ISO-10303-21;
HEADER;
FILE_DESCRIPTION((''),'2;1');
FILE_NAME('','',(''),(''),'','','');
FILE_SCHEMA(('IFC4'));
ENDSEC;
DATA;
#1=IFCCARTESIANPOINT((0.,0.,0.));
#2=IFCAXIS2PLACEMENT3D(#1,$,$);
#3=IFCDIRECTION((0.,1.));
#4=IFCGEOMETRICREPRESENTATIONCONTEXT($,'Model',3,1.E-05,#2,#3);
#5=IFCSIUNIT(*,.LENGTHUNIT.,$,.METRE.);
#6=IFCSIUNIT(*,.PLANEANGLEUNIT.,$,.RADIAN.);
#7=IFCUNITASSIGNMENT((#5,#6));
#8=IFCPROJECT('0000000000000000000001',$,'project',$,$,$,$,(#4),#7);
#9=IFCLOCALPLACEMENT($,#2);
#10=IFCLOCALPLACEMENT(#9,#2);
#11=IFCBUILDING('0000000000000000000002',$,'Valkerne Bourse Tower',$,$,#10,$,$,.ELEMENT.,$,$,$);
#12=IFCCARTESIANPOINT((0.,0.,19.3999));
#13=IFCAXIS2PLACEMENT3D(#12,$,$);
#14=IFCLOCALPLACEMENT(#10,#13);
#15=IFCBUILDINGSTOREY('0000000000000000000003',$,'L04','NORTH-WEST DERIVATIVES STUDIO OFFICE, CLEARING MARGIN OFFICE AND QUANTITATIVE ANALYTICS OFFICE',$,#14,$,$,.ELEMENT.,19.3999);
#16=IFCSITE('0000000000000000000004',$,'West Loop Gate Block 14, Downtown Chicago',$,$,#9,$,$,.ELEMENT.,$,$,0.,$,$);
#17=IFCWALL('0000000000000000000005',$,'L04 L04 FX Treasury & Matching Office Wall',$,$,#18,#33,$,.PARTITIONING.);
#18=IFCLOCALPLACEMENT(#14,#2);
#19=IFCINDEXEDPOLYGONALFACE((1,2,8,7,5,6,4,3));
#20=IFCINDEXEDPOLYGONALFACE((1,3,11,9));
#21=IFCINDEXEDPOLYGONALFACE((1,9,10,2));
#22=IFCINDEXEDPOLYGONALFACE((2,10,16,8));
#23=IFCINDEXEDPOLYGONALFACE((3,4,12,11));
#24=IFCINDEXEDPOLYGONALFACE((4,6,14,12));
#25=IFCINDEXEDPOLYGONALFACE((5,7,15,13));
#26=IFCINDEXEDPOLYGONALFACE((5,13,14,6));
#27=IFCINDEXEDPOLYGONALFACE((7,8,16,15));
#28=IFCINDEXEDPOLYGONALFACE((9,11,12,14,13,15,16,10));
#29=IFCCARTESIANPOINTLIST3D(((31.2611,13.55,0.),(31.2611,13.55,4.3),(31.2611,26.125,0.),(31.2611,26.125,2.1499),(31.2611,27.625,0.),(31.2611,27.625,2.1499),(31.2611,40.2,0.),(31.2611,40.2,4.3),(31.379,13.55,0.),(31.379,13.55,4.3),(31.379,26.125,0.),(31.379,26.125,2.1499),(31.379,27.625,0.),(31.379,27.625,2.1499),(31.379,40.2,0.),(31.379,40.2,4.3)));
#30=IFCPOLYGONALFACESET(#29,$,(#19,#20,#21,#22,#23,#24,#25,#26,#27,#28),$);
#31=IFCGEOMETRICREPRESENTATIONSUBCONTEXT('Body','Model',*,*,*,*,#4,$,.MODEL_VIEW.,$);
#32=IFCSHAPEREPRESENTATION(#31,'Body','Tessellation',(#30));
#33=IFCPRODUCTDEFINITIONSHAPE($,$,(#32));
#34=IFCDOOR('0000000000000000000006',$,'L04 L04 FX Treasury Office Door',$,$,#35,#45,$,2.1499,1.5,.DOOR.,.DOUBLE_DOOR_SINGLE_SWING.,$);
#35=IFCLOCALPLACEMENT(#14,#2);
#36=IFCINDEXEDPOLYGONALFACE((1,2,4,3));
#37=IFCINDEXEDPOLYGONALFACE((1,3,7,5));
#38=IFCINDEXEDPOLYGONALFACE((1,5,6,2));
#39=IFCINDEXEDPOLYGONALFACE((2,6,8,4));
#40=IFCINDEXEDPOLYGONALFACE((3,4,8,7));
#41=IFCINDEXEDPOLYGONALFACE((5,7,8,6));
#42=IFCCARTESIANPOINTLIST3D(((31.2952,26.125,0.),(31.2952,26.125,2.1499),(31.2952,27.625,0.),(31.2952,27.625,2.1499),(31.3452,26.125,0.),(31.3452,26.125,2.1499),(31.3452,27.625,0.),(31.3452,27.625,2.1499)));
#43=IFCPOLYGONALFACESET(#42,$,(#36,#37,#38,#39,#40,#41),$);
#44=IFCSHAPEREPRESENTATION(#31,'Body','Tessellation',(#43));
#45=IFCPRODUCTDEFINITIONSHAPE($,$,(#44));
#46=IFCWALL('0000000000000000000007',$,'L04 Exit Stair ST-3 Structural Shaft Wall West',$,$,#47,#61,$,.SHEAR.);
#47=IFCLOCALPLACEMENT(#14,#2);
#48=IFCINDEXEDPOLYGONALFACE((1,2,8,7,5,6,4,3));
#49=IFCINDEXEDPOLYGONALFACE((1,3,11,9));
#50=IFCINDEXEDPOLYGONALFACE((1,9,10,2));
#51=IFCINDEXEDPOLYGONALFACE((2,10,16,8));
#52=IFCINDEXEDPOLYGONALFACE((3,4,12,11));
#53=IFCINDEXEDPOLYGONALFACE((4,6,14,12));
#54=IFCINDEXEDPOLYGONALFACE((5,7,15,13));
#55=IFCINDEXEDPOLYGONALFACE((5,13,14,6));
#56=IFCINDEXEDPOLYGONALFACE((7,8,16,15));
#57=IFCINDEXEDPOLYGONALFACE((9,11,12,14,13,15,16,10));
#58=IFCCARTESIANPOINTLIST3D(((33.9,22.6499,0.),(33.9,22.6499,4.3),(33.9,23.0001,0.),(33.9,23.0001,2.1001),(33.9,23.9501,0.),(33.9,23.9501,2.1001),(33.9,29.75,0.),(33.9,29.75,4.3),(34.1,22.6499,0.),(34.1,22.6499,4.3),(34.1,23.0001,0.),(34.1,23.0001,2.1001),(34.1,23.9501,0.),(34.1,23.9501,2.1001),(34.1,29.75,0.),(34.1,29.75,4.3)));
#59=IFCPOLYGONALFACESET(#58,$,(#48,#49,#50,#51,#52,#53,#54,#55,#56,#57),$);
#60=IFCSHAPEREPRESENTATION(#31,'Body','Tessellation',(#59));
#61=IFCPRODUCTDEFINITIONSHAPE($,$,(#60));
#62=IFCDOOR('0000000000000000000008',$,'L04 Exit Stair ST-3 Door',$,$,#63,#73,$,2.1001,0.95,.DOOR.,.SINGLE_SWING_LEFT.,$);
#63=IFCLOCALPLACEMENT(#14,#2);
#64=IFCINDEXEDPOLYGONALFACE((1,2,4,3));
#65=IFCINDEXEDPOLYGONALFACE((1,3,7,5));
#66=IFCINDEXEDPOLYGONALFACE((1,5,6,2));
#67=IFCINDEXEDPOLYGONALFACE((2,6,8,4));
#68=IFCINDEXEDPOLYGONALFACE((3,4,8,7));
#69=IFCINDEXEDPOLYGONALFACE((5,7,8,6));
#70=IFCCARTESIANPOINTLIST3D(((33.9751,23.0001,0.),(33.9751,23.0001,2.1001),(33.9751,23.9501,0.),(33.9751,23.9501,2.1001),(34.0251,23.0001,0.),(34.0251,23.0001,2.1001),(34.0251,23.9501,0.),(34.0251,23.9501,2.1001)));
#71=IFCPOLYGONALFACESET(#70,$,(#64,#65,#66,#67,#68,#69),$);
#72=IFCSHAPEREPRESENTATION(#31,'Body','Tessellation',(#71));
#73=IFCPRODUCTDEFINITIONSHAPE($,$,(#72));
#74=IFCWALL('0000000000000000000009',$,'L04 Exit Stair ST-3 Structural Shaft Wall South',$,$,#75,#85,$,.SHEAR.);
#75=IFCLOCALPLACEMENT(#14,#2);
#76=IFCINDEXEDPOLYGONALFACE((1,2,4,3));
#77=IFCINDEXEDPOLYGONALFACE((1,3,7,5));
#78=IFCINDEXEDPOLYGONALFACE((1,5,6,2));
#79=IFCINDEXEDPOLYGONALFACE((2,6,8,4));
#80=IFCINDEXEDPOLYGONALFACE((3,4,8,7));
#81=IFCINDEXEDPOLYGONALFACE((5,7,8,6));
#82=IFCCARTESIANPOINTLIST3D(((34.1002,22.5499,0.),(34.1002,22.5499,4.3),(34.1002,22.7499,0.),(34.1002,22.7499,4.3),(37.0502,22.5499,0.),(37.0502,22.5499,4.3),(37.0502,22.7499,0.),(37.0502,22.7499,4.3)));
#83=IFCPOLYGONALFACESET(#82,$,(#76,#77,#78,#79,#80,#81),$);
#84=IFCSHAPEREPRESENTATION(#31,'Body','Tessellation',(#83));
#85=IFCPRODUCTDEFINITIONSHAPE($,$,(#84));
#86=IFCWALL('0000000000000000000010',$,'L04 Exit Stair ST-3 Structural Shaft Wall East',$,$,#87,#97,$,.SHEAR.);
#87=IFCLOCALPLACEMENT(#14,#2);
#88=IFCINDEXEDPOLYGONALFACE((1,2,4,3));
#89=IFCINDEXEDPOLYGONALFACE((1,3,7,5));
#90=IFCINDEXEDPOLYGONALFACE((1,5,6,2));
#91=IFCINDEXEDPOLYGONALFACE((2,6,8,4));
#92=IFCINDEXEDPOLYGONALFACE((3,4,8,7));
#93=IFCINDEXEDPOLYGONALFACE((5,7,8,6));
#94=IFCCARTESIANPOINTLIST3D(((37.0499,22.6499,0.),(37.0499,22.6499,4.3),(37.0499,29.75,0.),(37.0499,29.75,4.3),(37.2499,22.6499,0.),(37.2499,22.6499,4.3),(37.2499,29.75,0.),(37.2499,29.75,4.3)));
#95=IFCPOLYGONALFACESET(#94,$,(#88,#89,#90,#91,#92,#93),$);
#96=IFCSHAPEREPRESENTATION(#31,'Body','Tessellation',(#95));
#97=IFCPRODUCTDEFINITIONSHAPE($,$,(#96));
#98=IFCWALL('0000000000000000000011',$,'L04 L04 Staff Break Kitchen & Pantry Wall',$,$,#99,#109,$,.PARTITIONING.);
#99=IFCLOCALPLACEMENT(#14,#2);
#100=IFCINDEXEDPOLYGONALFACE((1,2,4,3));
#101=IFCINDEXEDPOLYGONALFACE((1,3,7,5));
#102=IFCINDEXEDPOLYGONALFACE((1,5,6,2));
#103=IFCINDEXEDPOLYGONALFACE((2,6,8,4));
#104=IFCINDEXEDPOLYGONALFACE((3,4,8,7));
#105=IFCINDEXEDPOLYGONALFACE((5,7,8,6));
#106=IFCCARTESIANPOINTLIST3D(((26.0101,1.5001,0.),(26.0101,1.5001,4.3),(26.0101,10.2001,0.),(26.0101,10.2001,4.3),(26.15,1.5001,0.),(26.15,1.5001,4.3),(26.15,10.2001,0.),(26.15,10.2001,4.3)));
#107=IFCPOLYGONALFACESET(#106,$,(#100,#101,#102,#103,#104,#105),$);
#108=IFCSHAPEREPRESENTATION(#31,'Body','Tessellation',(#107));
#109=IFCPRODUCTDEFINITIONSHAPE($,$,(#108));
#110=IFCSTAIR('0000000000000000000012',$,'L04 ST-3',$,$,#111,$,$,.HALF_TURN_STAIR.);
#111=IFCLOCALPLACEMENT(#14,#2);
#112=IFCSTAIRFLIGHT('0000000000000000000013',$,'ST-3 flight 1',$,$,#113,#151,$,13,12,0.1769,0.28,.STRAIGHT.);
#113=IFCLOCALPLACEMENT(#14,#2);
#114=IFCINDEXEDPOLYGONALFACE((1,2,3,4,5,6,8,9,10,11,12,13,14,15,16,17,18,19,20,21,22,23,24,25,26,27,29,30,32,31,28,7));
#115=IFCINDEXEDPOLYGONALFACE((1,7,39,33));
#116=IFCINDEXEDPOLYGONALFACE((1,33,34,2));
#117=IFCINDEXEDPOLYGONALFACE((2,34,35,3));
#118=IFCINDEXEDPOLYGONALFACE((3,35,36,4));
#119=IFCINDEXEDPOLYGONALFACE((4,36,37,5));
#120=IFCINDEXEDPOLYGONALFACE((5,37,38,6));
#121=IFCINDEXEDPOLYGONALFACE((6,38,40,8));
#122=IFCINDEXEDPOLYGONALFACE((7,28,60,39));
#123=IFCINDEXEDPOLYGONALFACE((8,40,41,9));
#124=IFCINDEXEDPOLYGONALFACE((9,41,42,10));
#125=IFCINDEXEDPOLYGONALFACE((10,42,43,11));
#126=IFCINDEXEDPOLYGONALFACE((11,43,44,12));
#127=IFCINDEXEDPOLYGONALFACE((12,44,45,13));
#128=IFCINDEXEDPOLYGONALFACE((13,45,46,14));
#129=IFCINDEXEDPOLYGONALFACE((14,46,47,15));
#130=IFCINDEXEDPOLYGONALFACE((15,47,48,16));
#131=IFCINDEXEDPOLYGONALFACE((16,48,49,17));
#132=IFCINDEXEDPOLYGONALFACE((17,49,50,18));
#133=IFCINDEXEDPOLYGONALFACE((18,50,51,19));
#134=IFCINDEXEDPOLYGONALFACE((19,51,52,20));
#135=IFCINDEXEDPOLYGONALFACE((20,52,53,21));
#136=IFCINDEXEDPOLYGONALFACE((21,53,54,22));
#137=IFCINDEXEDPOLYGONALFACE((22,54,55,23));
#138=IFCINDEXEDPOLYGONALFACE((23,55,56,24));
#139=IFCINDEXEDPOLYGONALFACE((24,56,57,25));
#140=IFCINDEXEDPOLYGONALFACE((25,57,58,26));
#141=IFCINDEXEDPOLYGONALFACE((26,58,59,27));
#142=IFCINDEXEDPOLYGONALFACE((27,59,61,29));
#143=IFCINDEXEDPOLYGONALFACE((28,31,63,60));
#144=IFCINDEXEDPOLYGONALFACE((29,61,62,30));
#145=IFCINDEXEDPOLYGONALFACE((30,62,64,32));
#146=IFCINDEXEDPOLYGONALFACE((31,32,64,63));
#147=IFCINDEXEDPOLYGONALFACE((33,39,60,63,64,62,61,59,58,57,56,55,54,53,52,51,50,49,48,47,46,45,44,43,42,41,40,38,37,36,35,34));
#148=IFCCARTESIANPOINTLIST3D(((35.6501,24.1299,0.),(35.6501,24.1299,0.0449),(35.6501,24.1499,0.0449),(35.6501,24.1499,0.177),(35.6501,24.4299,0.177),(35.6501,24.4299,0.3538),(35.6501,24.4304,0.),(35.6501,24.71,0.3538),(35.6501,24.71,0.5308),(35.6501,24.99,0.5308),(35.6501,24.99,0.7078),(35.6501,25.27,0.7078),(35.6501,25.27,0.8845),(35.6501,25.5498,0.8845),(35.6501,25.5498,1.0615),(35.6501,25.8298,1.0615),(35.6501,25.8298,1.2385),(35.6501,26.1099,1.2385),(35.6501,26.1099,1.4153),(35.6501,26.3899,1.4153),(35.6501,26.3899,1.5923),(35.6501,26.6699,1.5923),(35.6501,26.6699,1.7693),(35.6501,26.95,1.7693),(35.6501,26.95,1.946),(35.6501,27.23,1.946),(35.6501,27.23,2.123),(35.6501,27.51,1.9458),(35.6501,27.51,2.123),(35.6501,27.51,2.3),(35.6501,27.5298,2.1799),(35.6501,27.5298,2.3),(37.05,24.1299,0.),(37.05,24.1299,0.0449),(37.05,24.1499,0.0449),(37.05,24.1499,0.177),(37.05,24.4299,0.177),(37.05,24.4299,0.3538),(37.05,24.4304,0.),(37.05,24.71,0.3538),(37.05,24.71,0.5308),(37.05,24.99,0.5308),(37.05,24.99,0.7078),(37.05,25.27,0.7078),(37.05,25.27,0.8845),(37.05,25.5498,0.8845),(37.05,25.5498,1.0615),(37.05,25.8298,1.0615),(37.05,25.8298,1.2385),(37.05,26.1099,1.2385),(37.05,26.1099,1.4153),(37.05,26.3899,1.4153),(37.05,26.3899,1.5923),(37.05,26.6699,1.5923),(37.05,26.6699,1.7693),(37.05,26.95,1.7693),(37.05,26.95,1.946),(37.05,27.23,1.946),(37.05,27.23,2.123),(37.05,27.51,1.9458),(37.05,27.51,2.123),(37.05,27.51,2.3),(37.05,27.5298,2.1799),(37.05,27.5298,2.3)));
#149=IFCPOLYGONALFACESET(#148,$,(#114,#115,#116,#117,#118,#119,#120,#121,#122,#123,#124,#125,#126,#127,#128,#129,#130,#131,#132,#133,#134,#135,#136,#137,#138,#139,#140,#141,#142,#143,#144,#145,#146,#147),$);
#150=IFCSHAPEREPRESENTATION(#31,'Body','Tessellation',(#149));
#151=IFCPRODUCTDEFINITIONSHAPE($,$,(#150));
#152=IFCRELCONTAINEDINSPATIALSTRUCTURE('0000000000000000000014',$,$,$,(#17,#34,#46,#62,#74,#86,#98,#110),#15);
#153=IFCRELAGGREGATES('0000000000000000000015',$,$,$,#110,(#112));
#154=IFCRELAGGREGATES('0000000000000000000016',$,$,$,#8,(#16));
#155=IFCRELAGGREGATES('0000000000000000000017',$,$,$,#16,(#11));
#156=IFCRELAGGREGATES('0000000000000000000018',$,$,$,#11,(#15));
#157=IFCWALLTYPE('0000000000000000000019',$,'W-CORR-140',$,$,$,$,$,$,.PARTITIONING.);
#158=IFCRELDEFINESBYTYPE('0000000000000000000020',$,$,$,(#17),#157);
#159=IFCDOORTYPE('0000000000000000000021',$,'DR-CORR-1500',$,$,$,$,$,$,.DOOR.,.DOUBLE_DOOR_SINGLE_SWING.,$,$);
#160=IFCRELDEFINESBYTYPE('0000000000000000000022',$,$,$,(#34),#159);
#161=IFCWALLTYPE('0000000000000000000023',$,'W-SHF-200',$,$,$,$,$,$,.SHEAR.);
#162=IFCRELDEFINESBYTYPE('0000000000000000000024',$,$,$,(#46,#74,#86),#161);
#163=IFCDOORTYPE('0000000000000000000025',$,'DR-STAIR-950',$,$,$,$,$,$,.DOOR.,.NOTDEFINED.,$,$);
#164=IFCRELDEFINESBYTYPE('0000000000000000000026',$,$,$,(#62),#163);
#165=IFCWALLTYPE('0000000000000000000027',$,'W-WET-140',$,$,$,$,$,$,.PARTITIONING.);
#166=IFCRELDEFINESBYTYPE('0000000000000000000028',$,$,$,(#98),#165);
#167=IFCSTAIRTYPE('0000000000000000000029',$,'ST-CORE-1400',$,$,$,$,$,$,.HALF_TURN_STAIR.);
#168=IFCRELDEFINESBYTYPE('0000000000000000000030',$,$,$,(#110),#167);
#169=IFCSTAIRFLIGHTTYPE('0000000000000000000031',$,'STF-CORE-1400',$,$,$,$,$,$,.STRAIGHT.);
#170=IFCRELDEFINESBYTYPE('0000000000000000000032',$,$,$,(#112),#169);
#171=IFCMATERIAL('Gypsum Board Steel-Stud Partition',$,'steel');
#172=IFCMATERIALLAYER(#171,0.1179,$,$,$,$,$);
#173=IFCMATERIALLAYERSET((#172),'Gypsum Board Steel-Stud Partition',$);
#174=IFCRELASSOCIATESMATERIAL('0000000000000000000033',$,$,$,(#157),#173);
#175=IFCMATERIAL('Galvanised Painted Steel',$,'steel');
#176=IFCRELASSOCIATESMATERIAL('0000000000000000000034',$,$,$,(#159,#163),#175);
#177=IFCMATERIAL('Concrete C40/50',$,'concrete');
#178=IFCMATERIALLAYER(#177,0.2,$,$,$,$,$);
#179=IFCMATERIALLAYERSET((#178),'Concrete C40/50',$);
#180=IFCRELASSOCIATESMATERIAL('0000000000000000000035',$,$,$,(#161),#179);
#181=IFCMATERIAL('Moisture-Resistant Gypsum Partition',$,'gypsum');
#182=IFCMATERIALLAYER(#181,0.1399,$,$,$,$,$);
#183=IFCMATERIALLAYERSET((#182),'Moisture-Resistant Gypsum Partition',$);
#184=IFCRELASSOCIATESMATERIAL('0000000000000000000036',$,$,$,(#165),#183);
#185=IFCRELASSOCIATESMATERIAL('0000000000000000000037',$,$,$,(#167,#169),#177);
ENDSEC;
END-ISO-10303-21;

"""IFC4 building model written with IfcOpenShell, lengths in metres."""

from ifc_helpers import new_model, si_unit, direction, frame, frame_2d, origin, place, context, subcontext, project, spatial, polyline, rectangle, outline, extrude, material, layer, layer_set, type_object, element, fill, aggregate, save


model = new_model("IFC4")

# Units and contexts
model_context = context("Model", 3, precision=1e-05, world=origin(), true_north=direction((0.0, 1.0)))
body_context = subcontext(model_context, "Body", "Model", "MODEL_VIEW")
ifc_project = project(units=[si_unit("LENGTHUNIT", "METRE"), si_unit("PLANEANGLEUNIT", "RADIAN")], contexts=[model_context])

# Site, building, storey
site_placement = place(None, origin())
site = spatial("IfcSite", under=ifc_project, at=site_placement, Name="West Loop Gate Block 14, Downtown Chicago", CompositionType="ELEMENT", RefElevation=0.0)
building_placement = place(site_placement, origin())
building = spatial("IfcBuilding", under=site, at=building_placement, Name="Valkerne Bourse Tower", CompositionType="ELEMENT")
storey_placement = place(building_placement, frame((0.0, 0.0, 19.3999)))
storey = spatial("IfcBuildingStorey", under=building, at=storey_placement, Name="L04", Description="NORTH-WEST DERIVATIVES STUDIO OFFICE, CLEARING MARGIN OFFICE AND QUANTITATIVE ANALYTICS OFFICE", CompositionType="ELEMENT", Elevation=19.3999)

# Walls, openings, doors
ifc_material_1 = material(Name="Gypsum Board Steel-Stud Partition", Category="steel")
ifc_layer_1 = layer(ifc_material_1, 0.1179)
ifc_layer_set_1 = layer_set([ifc_layer_1], Name="Gypsum Board Steel-Stud Partition")
wall_type_1 = type_object("IfcWallType", Name="W-CORR-140", PredefinedType="PARTITIONING", material=ifc_layer_set_1)
wall_1_placement = place(storey_placement, frame((31.3201, 13.55, 0.0), z_axis=(0.0, 0.0, 1.0), x_axis=(0.0, 1.0, 0.0)))
wall_1 = element("IfcWall", 1, at=wall_1_placement, inside=storey, type_object=wall_type_1, Name="L04 L04 FX Treasury & Matching Office Wall", PredefinedType="PARTITIONING", context=body_context, shape_type="SweptSolid", body=[
    extrude(rectangle(XDim=26.6499, YDim=0.1179, at=frame_2d((13.325, 0.0))), origin(), (0.0, 0.0, 1.0), 4.3),
])
opening_1_placement = place(wall_1_placement, frame((12.575, 0.0, 0.0)))
opening_1 = element("IfcOpeningElement", 2, at=opening_1_placement, cuts=wall_1, PredefinedType="OPENING", context=body_context, shape_type="SweptSolid", body=[
    extrude(rectangle(XDim=1.5, YDim=2.1499, at=frame_2d((0.75, 1.075))), frame((0.0, 0.0688, 0.0), z_axis=(0.0, -1.0, 0.0), x_axis=(1.0, 0.0, 0.0)), (0.0, 0.0, 1.0), 0.1379),
])
ifc_material_2 = material(Name="Galvanised Painted Steel", Category="steel")
door_type_1 = type_object("IfcDoorType", Name="DR-CORR-1500", OperationType="DOUBLE_DOOR_SINGLE_SWING", PredefinedType="DOOR", material=ifc_material_2)
door_1_placement = place(opening_1_placement, origin())
door_1 = element("IfcDoor", 3, at=door_1_placement, inside=storey, type_object=door_type_1, Name="L04 L04 FX Treasury Office Door", OperationType="DOUBLE_DOOR_SINGLE_SWING", OverallHeight=2.1499, OverallWidth=1.5, PredefinedType="DOOR", context=body_context, shape_type="SweptSolid", body=[
    extrude(rectangle(XDim=1.5, YDim=2.1499, at=frame_2d((0.75, 1.075))), frame((0.0, 0.0249, 0.0), z_axis=(0.0, -1.0, 0.0), x_axis=(1.0, 0.0, 0.0)), (0.0, 0.0, 1.0), 0.05),
])
fill(opening_1, door_1)
ifc_material_3 = material(Name="Concrete C40/50", Category="concrete")
ifc_layer_2 = layer(ifc_material_3, 0.2)
ifc_layer_set_2 = layer_set([ifc_layer_2], Name="Concrete C40/50")
wall_type_2 = type_object("IfcWallType", Name="W-SHF-200", PredefinedType="SHEAR", material=ifc_layer_set_2)
wall_2_placement = place(storey_placement, frame((34.0, 22.6499, 0.0), z_axis=(0.0, 0.0, 1.0), x_axis=(0.0, 1.0, 0.0)))
wall_2 = element("IfcWall", 4, at=wall_2_placement, inside=storey, type_object=wall_type_2, Name="L04 Exit Stair ST-3 Structural Shaft Wall West", PredefinedType="SHEAR", context=body_context, shape_type="SweptSolid", body=[
    extrude(rectangle(XDim=7.1001, YDim=0.2, at=frame_2d((3.55, 0.0))), origin(), (0.0, 0.0, 1.0), 4.3),
])
opening_2_placement = place(wall_2_placement, frame((0.3501, 0.0, 0.0)))
opening_2 = element("IfcOpeningElement", 5, at=opening_2_placement, cuts=wall_2, PredefinedType="OPENING", context=body_context, shape_type="SweptSolid", body=[
    extrude(rectangle(XDim=0.95, YDim=2.1001, at=frame_2d((0.4751, 1.05))), frame((0.0, 0.1099, 0.0), z_axis=(0.0, -1.0, 0.0), x_axis=(1.0, 0.0, 0.0)), (0.0, 0.0, 1.0), 0.22),
])
door_type_2 = type_object("IfcDoorType", Name="DR-STAIR-950", OperationType="NOTDEFINED", PredefinedType="DOOR", material=ifc_material_2)
door_2_placement = place(opening_2_placement, origin())
door_2 = element("IfcDoor", 6, at=door_2_placement, inside=storey, type_object=door_type_2, Name="L04 Exit Stair ST-3 Door", OperationType="SINGLE_SWING_LEFT", OverallHeight=2.1001, OverallWidth=0.95, PredefinedType="DOOR", context=body_context, shape_type="SweptSolid", body=[
    extrude(rectangle(XDim=0.95, YDim=2.1001, at=frame_2d((0.4751, 1.05))), frame((0.0, 0.0249, 0.0), z_axis=(0.0, -1.0, 0.0), x_axis=(1.0, 0.0, 0.0)), (0.0, 0.0, 1.0), 0.05),
])
fill(opening_2, door_2)

# Walls
wall_3_placement = place(storey_placement, frame((34.1001, 22.6499, 0.0), z_axis=(0.0, 0.0, 1.0), x_axis=(1.0, 0.0, 0.0)))
element("IfcWall", 7, at=wall_3_placement, inside=storey, type_object=wall_type_2, Name="L04 Exit Stair ST-3 Structural Shaft Wall South", PredefinedType="SHEAR", context=body_context, shape_type="SweptSolid", body=[
    extrude(rectangle(XDim=2.95, YDim=0.2, at=frame_2d((1.4751, 0.0))), origin(), (0.0, 0.0, 1.0), 4.3),
])
wall_4_placement = place(storey_placement, frame((37.1499, 22.6499, 0.0), z_axis=(0.0, 0.0, 1.0), x_axis=(0.0, 1.0, 0.0)))
element("IfcWall", 8, at=wall_4_placement, inside=storey, type_object=wall_type_2, Name="L04 Exit Stair ST-3 Structural Shaft Wall East", PredefinedType="SHEAR", context=body_context, shape_type="SweptSolid", body=[
    extrude(rectangle(XDim=7.1001, YDim=0.2, at=frame_2d((3.55, 0.0))), origin(), (0.0, 0.0, 1.0), 4.3),
])
ifc_material_4 = material(Name="Moisture-Resistant Gypsum Partition", Category="gypsum")
ifc_layer_3 = layer(ifc_material_4, 0.1399)
ifc_layer_set_3 = layer_set([ifc_layer_3], Name="Moisture-Resistant Gypsum Partition")
wall_type_3 = type_object("IfcWallType", Name="W-WET-140", PredefinedType="PARTITIONING", material=ifc_layer_set_3)
wall_5_placement = place(storey_placement, frame((26.0801, 1.5, 0.0), z_axis=(0.0, 0.0, 1.0), x_axis=(0.0, 1.0, 0.0)))
element("IfcWall", 9, at=wall_5_placement, inside=storey, type_object=wall_type_3, Name="L04 L04 Staff Break Kitchen & Pantry Wall", PredefinedType="PARTITIONING", context=body_context, shape_type="SweptSolid", body=[
    extrude(rectangle(XDim=8.7, YDim=0.1399, at=frame_2d((4.3501, 0.0))), origin(), (0.0, 0.0, 1.0), 4.3),
])

# Stair, stair flight
stair_type = type_object("IfcStairType", Name="ST-CORE-1400", PredefinedType="HALF_TURN_STAIR", material=ifc_material_3)
stair_placement = place(storey_placement, origin())
stair = element("IfcStair", 10, at=stair_placement, inside=storey, type_object=stair_type, Name="L04 ST-3", PredefinedType="HALF_TURN_STAIR")
stair_flight_type = type_object("IfcStairFlightType", Name="STF-CORE-1400", PredefinedType="STRAIGHT", material=ifc_material_3)
stair_flight_placement = place(storey_placement, frame((36.3501, 24.1499, 0.0), z_axis=(0.0, 0.0, 1.0), x_axis=(0.0, 1.0, 0.0)))
stair_flight = element("IfcStairFlight", 11, at=stair_flight_placement, type_object=stair_flight_type, Name="ST-3 flight 1", NumberOfRisers=13, NumberOfTreads=12, PredefinedType="STRAIGHT", RiserHeight=0.1769, TreadLength=0.28, context=body_context, shape_type="SweptSolid", body=[
    extrude(outline(polyline([(-0.02, 0.0), (-0.02, 0.0449), (0.0, 0.0449), (0.0, 0.177), (0.28, 0.177), (0.28, 0.3538), (0.5601, 0.3538), (0.5601, 0.5308), (0.8401, 0.5308), (0.8401, 0.7078), (1.1201, 0.7078), (1.1201, 0.8845), (1.3999, 0.8845), (1.3999, 1.0615), (1.6799, 1.0615), (1.6799, 1.2385), (1.96, 1.2385), (1.96, 1.4153), (2.24, 1.4153), (2.24, 1.5923), (2.52, 1.5923), (2.52, 1.7693), (2.8, 1.7693), (2.8, 1.946), (3.0801, 1.946), (3.0801, 2.123), (3.3601, 2.123), (3.3601, 2.3), (3.3799, 2.3), (3.3799, 2.1799), (3.3601, 1.9458), (0.2805, 0.0), (-0.02, 0.0)])), frame((0.0, 0.7, 0.0), z_axis=(0.0, -1.0, 0.0), x_axis=(1.0, 0.0, 0.0)), (0.0, 0.0, 1.0), 1.3999),
])
aggregate(stair, [stair_flight])

save(model, "model.ifc")
